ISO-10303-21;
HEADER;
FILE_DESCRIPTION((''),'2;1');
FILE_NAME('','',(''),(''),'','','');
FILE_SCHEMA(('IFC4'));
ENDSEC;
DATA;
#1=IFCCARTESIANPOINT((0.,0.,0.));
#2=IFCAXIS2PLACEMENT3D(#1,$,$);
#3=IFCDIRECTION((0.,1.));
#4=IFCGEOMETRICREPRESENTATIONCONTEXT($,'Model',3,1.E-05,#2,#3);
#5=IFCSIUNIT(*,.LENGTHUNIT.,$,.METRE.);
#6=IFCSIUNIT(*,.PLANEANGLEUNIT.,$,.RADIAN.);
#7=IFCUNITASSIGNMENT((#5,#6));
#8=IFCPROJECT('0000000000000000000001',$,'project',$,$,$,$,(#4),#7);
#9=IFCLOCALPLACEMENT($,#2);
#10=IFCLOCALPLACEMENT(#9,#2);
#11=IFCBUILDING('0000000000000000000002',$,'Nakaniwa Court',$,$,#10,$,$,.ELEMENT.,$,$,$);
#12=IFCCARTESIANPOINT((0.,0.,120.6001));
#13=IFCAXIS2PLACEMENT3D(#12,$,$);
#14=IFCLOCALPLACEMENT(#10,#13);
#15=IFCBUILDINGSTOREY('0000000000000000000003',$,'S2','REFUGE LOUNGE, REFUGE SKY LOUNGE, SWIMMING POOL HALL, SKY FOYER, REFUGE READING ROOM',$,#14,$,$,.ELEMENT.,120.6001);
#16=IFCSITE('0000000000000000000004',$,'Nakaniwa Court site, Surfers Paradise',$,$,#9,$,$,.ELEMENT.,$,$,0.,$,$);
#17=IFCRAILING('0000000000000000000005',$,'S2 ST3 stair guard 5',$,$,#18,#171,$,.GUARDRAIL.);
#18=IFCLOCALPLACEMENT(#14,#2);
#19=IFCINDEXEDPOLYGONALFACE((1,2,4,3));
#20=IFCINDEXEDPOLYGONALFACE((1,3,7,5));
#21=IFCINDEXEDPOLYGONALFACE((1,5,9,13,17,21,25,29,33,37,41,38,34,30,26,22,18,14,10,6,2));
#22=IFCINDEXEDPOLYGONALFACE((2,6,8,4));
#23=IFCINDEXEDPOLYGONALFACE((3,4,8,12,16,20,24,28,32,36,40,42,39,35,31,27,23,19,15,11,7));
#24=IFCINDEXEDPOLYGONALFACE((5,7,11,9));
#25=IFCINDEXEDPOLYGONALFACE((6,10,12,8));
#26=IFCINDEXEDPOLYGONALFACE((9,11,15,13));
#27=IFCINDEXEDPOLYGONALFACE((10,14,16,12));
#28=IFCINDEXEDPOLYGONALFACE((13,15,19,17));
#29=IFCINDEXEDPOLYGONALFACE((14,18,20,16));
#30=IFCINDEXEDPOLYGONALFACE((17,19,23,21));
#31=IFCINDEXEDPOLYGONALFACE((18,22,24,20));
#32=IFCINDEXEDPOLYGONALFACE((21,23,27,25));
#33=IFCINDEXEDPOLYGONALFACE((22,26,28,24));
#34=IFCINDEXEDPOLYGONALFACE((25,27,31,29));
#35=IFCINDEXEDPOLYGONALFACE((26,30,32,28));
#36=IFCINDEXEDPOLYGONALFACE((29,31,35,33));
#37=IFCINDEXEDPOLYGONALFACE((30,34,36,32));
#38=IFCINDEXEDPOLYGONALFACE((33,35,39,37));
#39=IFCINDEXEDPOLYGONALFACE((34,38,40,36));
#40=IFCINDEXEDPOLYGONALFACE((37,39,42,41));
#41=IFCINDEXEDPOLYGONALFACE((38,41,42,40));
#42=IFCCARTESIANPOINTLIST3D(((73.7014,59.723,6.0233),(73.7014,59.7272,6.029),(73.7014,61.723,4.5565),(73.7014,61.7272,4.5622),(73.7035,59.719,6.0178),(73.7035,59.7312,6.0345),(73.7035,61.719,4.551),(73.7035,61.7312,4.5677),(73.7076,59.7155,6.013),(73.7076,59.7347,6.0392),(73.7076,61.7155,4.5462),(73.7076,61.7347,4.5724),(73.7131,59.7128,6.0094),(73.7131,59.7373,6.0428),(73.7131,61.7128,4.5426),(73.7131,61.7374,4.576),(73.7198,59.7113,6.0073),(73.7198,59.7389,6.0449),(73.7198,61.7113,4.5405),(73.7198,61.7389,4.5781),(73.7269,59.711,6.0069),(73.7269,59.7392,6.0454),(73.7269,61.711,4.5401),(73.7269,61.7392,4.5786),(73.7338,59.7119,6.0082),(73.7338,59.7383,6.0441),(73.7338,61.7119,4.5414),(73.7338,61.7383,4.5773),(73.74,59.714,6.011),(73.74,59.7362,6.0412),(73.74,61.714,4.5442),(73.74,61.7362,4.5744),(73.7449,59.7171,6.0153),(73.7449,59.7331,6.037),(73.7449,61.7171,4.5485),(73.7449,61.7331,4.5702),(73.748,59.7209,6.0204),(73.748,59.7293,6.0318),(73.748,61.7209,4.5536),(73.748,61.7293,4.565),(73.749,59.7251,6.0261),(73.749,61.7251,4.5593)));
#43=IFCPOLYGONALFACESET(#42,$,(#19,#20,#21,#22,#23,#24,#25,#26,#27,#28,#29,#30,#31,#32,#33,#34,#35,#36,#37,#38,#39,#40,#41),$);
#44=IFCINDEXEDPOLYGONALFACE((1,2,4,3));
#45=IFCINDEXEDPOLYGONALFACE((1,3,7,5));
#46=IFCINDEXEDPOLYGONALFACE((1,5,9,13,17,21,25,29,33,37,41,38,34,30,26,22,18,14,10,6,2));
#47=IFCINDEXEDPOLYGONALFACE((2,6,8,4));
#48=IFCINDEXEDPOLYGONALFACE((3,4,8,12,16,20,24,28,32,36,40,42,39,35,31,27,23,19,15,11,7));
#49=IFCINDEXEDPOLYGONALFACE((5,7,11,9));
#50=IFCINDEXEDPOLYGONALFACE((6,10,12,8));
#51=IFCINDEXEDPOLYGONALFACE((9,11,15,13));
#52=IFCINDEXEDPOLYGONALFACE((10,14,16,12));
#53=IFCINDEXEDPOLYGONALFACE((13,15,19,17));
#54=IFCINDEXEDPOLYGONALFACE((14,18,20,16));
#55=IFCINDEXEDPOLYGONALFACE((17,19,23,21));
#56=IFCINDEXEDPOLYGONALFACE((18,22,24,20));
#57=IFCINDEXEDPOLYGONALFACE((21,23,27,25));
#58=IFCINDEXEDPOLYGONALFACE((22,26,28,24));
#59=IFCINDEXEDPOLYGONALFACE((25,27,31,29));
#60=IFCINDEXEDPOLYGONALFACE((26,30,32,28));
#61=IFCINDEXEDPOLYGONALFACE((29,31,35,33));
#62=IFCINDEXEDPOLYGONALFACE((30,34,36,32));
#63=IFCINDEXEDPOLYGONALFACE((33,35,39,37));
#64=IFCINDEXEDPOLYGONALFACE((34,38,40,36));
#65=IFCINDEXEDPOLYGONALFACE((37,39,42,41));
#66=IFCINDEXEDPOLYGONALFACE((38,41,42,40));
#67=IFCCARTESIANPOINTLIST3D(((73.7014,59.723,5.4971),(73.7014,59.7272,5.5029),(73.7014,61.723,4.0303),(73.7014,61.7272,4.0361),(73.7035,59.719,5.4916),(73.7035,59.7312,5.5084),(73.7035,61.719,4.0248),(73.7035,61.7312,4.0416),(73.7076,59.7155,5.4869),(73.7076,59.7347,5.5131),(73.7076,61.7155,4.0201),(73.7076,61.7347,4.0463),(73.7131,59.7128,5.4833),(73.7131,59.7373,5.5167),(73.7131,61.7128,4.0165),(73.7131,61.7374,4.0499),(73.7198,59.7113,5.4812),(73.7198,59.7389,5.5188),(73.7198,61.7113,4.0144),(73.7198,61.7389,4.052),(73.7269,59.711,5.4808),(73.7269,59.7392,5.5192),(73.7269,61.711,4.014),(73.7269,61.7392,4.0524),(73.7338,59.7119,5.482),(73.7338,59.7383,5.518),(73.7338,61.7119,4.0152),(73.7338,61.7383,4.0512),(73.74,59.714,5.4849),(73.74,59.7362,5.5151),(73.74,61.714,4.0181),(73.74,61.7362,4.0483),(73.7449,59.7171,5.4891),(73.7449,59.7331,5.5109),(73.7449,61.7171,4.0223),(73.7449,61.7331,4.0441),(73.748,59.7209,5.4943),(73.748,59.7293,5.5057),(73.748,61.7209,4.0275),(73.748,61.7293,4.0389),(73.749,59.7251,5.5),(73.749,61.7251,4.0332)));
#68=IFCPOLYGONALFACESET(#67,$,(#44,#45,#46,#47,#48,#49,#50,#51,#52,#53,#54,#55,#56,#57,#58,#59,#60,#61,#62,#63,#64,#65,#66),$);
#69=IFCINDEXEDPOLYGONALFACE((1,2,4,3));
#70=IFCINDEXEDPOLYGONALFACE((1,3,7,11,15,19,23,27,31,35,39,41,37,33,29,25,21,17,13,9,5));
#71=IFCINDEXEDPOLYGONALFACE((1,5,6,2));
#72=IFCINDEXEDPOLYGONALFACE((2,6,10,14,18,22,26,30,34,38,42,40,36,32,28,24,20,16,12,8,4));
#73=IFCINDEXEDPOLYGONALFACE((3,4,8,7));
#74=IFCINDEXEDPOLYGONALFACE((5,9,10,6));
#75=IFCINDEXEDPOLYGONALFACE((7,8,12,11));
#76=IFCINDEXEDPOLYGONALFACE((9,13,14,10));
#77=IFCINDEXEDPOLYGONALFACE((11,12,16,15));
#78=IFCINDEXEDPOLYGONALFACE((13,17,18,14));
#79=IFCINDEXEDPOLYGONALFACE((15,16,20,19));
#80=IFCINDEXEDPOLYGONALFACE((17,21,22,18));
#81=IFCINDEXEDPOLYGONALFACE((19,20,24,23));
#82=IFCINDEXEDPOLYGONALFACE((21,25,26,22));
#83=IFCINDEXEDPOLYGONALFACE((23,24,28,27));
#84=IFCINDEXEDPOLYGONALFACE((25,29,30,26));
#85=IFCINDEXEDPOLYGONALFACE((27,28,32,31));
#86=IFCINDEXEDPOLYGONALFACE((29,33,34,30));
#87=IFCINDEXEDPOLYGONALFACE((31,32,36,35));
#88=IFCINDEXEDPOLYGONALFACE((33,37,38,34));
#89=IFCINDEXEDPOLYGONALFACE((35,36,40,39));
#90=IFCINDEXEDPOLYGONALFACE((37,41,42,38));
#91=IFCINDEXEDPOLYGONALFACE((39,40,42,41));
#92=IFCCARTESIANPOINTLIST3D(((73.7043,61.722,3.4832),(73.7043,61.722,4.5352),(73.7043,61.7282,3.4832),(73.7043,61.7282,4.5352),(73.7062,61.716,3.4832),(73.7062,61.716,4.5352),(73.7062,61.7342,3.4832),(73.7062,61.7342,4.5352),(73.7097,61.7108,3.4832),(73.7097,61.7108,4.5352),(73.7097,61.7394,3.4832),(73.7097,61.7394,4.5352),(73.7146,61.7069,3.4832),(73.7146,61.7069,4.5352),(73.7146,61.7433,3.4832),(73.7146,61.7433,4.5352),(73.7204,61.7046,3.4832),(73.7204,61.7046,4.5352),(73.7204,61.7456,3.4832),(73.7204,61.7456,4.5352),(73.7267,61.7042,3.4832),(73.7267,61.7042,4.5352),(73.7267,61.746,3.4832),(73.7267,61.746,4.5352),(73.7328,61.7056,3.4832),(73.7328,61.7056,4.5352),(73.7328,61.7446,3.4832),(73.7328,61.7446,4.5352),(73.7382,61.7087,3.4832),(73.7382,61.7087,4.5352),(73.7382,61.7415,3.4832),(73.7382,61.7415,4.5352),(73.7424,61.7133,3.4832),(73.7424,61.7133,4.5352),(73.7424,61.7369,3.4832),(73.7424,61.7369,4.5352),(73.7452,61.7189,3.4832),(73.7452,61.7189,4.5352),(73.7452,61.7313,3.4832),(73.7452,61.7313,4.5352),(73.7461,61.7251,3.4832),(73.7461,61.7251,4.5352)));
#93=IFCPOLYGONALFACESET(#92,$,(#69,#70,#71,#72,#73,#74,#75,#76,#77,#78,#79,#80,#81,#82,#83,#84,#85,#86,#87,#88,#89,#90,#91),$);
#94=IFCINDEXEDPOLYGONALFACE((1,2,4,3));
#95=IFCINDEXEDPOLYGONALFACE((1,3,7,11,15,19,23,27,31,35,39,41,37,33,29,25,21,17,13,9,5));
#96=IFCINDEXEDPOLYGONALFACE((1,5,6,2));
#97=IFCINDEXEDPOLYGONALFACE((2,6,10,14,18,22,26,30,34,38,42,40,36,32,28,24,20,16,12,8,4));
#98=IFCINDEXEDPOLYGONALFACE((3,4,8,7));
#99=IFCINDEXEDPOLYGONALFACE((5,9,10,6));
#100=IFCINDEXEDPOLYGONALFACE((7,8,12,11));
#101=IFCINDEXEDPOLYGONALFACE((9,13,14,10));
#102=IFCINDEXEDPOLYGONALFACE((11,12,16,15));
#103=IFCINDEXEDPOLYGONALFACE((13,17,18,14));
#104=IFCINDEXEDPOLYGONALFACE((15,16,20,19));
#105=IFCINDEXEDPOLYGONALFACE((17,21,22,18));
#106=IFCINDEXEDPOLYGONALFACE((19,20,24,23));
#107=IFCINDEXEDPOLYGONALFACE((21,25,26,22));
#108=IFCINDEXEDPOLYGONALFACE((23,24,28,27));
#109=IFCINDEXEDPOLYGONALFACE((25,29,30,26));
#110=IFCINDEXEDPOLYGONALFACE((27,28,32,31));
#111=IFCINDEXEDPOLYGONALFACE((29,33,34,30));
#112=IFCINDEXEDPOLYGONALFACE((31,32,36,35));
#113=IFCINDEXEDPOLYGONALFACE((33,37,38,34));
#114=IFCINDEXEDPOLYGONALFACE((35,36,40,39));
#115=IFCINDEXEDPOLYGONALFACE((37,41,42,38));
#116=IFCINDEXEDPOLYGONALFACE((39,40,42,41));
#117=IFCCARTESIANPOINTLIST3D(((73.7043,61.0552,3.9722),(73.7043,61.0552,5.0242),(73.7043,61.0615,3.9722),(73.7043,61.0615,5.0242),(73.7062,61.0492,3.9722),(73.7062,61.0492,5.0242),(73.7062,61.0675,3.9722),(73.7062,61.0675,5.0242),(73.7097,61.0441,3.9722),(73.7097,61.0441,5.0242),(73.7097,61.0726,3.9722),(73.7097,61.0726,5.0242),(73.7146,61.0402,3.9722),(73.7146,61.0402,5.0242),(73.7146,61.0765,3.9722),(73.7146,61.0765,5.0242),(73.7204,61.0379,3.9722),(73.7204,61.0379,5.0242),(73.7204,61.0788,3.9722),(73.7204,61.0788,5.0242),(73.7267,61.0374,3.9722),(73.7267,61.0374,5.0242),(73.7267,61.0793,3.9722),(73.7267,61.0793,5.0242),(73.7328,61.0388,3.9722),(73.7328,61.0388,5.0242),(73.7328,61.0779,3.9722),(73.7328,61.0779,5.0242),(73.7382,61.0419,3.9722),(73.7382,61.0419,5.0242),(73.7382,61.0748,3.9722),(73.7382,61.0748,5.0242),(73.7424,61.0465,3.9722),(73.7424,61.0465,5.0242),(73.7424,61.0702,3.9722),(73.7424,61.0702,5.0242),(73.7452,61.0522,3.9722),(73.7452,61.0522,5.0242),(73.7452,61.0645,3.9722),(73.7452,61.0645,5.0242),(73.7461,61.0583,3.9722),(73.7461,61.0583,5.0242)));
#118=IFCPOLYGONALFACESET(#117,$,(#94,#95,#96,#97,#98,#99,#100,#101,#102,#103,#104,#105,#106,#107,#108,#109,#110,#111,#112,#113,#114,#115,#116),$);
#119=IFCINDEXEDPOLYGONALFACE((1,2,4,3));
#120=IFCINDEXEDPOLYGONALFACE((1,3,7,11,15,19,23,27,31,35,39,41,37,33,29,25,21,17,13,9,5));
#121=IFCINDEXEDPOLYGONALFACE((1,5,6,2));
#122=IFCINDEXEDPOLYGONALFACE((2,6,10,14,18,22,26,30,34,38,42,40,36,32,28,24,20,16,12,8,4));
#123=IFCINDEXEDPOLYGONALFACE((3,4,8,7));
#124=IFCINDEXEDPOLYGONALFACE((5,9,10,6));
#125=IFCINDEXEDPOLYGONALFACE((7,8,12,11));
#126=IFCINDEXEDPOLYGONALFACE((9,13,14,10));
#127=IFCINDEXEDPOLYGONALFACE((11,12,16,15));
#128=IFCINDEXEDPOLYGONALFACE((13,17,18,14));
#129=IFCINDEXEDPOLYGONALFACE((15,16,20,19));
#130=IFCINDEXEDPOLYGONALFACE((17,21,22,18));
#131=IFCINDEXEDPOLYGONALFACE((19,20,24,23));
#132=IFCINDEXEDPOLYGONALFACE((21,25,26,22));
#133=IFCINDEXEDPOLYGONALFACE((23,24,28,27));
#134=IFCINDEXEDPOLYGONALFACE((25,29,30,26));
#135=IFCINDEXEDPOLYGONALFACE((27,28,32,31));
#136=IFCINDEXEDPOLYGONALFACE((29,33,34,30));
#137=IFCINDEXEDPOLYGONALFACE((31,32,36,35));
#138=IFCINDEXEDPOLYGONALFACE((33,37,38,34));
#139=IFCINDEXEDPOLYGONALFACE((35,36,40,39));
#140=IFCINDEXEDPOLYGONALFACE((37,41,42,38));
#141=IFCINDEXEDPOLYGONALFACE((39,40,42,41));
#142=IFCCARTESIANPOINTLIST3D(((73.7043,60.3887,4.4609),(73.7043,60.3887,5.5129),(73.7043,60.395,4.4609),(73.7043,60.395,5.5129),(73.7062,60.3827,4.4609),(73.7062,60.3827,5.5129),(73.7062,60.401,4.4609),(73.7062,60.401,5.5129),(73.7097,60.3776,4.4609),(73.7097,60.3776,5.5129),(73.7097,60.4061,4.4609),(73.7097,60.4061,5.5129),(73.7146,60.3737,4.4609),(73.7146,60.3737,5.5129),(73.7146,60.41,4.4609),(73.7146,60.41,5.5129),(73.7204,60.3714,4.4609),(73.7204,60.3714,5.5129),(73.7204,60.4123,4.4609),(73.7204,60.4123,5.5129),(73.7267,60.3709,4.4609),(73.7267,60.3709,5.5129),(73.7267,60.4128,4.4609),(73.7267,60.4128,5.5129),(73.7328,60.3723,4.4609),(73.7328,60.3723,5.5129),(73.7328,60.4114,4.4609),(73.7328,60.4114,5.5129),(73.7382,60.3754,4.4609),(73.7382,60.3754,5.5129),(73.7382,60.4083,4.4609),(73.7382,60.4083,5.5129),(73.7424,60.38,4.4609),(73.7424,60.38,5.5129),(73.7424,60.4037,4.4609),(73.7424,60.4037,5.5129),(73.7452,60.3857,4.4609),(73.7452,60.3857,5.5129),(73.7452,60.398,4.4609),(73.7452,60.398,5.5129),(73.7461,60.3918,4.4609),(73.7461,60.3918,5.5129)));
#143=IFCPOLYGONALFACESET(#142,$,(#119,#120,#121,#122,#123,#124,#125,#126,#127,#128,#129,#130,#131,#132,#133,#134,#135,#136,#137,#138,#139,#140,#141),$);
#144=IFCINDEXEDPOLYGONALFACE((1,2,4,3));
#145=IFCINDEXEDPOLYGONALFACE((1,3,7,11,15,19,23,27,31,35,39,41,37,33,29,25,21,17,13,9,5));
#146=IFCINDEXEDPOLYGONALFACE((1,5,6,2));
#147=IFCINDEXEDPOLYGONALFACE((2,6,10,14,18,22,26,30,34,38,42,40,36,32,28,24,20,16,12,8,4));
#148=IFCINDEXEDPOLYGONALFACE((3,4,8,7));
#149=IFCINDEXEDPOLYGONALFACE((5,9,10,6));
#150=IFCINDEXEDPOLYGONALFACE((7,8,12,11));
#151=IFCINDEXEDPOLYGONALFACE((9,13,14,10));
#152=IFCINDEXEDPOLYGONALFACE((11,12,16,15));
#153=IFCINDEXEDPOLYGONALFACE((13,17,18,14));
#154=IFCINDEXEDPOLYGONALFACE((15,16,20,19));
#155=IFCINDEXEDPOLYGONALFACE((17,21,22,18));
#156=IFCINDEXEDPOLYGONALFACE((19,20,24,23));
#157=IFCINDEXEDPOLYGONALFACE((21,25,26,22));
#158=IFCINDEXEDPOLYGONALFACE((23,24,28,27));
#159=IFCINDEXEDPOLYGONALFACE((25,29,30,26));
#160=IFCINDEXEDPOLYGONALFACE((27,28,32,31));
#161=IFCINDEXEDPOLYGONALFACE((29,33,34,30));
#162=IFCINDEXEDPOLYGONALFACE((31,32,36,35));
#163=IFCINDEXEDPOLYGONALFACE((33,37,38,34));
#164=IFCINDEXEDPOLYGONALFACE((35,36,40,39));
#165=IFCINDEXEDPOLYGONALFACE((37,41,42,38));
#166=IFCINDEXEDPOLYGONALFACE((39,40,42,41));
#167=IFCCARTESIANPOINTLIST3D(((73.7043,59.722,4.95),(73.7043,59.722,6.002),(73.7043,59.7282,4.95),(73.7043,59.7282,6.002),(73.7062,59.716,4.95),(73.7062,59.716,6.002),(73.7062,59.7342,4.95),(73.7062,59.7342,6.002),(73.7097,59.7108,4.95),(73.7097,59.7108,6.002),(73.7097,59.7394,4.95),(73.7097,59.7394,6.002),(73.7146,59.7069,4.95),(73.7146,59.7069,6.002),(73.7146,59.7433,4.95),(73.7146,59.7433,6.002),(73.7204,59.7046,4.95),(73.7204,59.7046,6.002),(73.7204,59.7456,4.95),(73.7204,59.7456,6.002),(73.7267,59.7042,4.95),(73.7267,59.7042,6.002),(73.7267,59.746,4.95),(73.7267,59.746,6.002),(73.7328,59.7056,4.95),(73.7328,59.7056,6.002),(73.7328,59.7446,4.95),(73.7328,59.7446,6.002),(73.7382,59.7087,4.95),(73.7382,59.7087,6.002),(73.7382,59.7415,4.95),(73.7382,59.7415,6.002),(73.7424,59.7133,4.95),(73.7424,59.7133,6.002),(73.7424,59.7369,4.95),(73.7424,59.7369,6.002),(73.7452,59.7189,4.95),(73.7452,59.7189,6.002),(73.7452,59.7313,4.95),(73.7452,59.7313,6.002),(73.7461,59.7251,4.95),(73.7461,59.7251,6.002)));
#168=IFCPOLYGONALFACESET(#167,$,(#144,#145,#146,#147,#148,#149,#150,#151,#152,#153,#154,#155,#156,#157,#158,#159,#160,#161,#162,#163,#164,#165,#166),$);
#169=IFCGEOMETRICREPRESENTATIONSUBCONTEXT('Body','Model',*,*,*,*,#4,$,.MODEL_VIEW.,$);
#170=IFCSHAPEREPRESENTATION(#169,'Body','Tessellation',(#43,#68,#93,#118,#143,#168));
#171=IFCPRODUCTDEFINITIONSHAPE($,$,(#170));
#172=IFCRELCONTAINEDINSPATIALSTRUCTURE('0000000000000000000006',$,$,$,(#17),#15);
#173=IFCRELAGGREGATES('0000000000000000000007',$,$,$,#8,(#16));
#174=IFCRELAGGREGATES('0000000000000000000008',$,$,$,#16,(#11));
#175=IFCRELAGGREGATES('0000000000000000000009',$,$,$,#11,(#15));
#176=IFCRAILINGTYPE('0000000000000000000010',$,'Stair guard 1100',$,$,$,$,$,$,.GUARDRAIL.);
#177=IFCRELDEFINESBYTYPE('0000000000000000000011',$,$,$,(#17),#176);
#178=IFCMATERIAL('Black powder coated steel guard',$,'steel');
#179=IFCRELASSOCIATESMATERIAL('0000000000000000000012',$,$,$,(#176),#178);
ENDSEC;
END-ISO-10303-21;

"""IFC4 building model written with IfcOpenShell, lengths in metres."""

from ifc_helpers import new_model, si_unit, direction, frame, origin, origin_2d, place, context, subcontext, project, spatial, circle, extrude, material, type_object, element, save


model = new_model("IFC4")

# Units and contexts
model_context = context("Model", 3, precision=1e-05, world=origin(), true_north=direction((0.0, 1.0)))
body_context = subcontext(model_context, "Body", "Model", "MODEL_VIEW")
ifc_project = project(units=[si_unit("LENGTHUNIT", "METRE"), si_unit("PLANEANGLEUNIT", "RADIAN")], contexts=[model_context])

# Site, building, storey
site_placement = place(None, origin())
site = spatial("IfcSite", under=ifc_project, at=site_placement, Name="Nakaniwa Court site, Surfers Paradise", CompositionType="ELEMENT", RefElevation=0.0)
building_placement = place(site_placement, origin())
building = spatial("IfcBuilding", under=site, at=building_placement, Name="Nakaniwa Court", CompositionType="ELEMENT")
storey_placement = place(building_placement, frame((0.0, 0.0, 120.6001)))
storey = spatial("IfcBuildingStorey", under=building, at=storey_placement, Name="S2", Description="REFUGE LOUNGE, REFUGE SKY LOUNGE, SWIMMING POOL HALL, SKY FOYER, REFUGE READING ROOM", CompositionType="ELEMENT", Elevation=120.6001)

# Railing
ifc_material_1 = material(Name="Black powder coated steel guard", Category="steel")
railing_type_1 = type_object("IfcRailingType", Name="Stair guard 1100", PredefinedType="GUARDRAIL", material=ifc_material_1)
railing_1_placement = place(storey_placement, frame((73.7251, 61.7251, 3.4832)))
element("IfcRailing", 1, at=railing_1_placement, inside=storey, type_object=railing_type_1, Name="S2 ST3 stair guard 5", PredefinedType="GUARDRAIL", context=body_context, shape_type="SweptSolid", body=[
    extrude(circle(Radius=0.0239, at=origin_2d()), frame((0.0, 0.0, 1.0762), z_axis=(0.0, -0.80638, 0.591398), x_axis=(1.0, 0.0, 0.0)), (0.0, 0.0, 1.0), 2.4802),
    extrude(circle(Radius=0.0239, at=origin_2d()), frame((0.0, 0.0, 0.55), z_axis=(0.0, -0.80638, 0.591398), x_axis=(1.0, 0.0, 0.0)), (0.0, 0.0, 1.0), 2.4802),
    extrude(circle(Radius=0.021, at=origin_2d()), origin(), (0.0, 0.0, 1.0), 1.052),
    extrude(circle(Radius=0.021, at=origin_2d()), frame((0.0, -0.6667, 0.489)), (0.0, 0.0, 1.0), 1.052),
    extrude(circle(Radius=0.021, at=origin_2d()), frame((0.0, -1.3333, 0.9778)), (0.0, 0.0, 1.0), 1.052),
    extrude(circle(Radius=0.021, at=origin_2d()), frame((0.0, -2.0, 1.4668)), (0.0, 0.0, 1.0), 1.052),
])

save(model, "model.ifc")
